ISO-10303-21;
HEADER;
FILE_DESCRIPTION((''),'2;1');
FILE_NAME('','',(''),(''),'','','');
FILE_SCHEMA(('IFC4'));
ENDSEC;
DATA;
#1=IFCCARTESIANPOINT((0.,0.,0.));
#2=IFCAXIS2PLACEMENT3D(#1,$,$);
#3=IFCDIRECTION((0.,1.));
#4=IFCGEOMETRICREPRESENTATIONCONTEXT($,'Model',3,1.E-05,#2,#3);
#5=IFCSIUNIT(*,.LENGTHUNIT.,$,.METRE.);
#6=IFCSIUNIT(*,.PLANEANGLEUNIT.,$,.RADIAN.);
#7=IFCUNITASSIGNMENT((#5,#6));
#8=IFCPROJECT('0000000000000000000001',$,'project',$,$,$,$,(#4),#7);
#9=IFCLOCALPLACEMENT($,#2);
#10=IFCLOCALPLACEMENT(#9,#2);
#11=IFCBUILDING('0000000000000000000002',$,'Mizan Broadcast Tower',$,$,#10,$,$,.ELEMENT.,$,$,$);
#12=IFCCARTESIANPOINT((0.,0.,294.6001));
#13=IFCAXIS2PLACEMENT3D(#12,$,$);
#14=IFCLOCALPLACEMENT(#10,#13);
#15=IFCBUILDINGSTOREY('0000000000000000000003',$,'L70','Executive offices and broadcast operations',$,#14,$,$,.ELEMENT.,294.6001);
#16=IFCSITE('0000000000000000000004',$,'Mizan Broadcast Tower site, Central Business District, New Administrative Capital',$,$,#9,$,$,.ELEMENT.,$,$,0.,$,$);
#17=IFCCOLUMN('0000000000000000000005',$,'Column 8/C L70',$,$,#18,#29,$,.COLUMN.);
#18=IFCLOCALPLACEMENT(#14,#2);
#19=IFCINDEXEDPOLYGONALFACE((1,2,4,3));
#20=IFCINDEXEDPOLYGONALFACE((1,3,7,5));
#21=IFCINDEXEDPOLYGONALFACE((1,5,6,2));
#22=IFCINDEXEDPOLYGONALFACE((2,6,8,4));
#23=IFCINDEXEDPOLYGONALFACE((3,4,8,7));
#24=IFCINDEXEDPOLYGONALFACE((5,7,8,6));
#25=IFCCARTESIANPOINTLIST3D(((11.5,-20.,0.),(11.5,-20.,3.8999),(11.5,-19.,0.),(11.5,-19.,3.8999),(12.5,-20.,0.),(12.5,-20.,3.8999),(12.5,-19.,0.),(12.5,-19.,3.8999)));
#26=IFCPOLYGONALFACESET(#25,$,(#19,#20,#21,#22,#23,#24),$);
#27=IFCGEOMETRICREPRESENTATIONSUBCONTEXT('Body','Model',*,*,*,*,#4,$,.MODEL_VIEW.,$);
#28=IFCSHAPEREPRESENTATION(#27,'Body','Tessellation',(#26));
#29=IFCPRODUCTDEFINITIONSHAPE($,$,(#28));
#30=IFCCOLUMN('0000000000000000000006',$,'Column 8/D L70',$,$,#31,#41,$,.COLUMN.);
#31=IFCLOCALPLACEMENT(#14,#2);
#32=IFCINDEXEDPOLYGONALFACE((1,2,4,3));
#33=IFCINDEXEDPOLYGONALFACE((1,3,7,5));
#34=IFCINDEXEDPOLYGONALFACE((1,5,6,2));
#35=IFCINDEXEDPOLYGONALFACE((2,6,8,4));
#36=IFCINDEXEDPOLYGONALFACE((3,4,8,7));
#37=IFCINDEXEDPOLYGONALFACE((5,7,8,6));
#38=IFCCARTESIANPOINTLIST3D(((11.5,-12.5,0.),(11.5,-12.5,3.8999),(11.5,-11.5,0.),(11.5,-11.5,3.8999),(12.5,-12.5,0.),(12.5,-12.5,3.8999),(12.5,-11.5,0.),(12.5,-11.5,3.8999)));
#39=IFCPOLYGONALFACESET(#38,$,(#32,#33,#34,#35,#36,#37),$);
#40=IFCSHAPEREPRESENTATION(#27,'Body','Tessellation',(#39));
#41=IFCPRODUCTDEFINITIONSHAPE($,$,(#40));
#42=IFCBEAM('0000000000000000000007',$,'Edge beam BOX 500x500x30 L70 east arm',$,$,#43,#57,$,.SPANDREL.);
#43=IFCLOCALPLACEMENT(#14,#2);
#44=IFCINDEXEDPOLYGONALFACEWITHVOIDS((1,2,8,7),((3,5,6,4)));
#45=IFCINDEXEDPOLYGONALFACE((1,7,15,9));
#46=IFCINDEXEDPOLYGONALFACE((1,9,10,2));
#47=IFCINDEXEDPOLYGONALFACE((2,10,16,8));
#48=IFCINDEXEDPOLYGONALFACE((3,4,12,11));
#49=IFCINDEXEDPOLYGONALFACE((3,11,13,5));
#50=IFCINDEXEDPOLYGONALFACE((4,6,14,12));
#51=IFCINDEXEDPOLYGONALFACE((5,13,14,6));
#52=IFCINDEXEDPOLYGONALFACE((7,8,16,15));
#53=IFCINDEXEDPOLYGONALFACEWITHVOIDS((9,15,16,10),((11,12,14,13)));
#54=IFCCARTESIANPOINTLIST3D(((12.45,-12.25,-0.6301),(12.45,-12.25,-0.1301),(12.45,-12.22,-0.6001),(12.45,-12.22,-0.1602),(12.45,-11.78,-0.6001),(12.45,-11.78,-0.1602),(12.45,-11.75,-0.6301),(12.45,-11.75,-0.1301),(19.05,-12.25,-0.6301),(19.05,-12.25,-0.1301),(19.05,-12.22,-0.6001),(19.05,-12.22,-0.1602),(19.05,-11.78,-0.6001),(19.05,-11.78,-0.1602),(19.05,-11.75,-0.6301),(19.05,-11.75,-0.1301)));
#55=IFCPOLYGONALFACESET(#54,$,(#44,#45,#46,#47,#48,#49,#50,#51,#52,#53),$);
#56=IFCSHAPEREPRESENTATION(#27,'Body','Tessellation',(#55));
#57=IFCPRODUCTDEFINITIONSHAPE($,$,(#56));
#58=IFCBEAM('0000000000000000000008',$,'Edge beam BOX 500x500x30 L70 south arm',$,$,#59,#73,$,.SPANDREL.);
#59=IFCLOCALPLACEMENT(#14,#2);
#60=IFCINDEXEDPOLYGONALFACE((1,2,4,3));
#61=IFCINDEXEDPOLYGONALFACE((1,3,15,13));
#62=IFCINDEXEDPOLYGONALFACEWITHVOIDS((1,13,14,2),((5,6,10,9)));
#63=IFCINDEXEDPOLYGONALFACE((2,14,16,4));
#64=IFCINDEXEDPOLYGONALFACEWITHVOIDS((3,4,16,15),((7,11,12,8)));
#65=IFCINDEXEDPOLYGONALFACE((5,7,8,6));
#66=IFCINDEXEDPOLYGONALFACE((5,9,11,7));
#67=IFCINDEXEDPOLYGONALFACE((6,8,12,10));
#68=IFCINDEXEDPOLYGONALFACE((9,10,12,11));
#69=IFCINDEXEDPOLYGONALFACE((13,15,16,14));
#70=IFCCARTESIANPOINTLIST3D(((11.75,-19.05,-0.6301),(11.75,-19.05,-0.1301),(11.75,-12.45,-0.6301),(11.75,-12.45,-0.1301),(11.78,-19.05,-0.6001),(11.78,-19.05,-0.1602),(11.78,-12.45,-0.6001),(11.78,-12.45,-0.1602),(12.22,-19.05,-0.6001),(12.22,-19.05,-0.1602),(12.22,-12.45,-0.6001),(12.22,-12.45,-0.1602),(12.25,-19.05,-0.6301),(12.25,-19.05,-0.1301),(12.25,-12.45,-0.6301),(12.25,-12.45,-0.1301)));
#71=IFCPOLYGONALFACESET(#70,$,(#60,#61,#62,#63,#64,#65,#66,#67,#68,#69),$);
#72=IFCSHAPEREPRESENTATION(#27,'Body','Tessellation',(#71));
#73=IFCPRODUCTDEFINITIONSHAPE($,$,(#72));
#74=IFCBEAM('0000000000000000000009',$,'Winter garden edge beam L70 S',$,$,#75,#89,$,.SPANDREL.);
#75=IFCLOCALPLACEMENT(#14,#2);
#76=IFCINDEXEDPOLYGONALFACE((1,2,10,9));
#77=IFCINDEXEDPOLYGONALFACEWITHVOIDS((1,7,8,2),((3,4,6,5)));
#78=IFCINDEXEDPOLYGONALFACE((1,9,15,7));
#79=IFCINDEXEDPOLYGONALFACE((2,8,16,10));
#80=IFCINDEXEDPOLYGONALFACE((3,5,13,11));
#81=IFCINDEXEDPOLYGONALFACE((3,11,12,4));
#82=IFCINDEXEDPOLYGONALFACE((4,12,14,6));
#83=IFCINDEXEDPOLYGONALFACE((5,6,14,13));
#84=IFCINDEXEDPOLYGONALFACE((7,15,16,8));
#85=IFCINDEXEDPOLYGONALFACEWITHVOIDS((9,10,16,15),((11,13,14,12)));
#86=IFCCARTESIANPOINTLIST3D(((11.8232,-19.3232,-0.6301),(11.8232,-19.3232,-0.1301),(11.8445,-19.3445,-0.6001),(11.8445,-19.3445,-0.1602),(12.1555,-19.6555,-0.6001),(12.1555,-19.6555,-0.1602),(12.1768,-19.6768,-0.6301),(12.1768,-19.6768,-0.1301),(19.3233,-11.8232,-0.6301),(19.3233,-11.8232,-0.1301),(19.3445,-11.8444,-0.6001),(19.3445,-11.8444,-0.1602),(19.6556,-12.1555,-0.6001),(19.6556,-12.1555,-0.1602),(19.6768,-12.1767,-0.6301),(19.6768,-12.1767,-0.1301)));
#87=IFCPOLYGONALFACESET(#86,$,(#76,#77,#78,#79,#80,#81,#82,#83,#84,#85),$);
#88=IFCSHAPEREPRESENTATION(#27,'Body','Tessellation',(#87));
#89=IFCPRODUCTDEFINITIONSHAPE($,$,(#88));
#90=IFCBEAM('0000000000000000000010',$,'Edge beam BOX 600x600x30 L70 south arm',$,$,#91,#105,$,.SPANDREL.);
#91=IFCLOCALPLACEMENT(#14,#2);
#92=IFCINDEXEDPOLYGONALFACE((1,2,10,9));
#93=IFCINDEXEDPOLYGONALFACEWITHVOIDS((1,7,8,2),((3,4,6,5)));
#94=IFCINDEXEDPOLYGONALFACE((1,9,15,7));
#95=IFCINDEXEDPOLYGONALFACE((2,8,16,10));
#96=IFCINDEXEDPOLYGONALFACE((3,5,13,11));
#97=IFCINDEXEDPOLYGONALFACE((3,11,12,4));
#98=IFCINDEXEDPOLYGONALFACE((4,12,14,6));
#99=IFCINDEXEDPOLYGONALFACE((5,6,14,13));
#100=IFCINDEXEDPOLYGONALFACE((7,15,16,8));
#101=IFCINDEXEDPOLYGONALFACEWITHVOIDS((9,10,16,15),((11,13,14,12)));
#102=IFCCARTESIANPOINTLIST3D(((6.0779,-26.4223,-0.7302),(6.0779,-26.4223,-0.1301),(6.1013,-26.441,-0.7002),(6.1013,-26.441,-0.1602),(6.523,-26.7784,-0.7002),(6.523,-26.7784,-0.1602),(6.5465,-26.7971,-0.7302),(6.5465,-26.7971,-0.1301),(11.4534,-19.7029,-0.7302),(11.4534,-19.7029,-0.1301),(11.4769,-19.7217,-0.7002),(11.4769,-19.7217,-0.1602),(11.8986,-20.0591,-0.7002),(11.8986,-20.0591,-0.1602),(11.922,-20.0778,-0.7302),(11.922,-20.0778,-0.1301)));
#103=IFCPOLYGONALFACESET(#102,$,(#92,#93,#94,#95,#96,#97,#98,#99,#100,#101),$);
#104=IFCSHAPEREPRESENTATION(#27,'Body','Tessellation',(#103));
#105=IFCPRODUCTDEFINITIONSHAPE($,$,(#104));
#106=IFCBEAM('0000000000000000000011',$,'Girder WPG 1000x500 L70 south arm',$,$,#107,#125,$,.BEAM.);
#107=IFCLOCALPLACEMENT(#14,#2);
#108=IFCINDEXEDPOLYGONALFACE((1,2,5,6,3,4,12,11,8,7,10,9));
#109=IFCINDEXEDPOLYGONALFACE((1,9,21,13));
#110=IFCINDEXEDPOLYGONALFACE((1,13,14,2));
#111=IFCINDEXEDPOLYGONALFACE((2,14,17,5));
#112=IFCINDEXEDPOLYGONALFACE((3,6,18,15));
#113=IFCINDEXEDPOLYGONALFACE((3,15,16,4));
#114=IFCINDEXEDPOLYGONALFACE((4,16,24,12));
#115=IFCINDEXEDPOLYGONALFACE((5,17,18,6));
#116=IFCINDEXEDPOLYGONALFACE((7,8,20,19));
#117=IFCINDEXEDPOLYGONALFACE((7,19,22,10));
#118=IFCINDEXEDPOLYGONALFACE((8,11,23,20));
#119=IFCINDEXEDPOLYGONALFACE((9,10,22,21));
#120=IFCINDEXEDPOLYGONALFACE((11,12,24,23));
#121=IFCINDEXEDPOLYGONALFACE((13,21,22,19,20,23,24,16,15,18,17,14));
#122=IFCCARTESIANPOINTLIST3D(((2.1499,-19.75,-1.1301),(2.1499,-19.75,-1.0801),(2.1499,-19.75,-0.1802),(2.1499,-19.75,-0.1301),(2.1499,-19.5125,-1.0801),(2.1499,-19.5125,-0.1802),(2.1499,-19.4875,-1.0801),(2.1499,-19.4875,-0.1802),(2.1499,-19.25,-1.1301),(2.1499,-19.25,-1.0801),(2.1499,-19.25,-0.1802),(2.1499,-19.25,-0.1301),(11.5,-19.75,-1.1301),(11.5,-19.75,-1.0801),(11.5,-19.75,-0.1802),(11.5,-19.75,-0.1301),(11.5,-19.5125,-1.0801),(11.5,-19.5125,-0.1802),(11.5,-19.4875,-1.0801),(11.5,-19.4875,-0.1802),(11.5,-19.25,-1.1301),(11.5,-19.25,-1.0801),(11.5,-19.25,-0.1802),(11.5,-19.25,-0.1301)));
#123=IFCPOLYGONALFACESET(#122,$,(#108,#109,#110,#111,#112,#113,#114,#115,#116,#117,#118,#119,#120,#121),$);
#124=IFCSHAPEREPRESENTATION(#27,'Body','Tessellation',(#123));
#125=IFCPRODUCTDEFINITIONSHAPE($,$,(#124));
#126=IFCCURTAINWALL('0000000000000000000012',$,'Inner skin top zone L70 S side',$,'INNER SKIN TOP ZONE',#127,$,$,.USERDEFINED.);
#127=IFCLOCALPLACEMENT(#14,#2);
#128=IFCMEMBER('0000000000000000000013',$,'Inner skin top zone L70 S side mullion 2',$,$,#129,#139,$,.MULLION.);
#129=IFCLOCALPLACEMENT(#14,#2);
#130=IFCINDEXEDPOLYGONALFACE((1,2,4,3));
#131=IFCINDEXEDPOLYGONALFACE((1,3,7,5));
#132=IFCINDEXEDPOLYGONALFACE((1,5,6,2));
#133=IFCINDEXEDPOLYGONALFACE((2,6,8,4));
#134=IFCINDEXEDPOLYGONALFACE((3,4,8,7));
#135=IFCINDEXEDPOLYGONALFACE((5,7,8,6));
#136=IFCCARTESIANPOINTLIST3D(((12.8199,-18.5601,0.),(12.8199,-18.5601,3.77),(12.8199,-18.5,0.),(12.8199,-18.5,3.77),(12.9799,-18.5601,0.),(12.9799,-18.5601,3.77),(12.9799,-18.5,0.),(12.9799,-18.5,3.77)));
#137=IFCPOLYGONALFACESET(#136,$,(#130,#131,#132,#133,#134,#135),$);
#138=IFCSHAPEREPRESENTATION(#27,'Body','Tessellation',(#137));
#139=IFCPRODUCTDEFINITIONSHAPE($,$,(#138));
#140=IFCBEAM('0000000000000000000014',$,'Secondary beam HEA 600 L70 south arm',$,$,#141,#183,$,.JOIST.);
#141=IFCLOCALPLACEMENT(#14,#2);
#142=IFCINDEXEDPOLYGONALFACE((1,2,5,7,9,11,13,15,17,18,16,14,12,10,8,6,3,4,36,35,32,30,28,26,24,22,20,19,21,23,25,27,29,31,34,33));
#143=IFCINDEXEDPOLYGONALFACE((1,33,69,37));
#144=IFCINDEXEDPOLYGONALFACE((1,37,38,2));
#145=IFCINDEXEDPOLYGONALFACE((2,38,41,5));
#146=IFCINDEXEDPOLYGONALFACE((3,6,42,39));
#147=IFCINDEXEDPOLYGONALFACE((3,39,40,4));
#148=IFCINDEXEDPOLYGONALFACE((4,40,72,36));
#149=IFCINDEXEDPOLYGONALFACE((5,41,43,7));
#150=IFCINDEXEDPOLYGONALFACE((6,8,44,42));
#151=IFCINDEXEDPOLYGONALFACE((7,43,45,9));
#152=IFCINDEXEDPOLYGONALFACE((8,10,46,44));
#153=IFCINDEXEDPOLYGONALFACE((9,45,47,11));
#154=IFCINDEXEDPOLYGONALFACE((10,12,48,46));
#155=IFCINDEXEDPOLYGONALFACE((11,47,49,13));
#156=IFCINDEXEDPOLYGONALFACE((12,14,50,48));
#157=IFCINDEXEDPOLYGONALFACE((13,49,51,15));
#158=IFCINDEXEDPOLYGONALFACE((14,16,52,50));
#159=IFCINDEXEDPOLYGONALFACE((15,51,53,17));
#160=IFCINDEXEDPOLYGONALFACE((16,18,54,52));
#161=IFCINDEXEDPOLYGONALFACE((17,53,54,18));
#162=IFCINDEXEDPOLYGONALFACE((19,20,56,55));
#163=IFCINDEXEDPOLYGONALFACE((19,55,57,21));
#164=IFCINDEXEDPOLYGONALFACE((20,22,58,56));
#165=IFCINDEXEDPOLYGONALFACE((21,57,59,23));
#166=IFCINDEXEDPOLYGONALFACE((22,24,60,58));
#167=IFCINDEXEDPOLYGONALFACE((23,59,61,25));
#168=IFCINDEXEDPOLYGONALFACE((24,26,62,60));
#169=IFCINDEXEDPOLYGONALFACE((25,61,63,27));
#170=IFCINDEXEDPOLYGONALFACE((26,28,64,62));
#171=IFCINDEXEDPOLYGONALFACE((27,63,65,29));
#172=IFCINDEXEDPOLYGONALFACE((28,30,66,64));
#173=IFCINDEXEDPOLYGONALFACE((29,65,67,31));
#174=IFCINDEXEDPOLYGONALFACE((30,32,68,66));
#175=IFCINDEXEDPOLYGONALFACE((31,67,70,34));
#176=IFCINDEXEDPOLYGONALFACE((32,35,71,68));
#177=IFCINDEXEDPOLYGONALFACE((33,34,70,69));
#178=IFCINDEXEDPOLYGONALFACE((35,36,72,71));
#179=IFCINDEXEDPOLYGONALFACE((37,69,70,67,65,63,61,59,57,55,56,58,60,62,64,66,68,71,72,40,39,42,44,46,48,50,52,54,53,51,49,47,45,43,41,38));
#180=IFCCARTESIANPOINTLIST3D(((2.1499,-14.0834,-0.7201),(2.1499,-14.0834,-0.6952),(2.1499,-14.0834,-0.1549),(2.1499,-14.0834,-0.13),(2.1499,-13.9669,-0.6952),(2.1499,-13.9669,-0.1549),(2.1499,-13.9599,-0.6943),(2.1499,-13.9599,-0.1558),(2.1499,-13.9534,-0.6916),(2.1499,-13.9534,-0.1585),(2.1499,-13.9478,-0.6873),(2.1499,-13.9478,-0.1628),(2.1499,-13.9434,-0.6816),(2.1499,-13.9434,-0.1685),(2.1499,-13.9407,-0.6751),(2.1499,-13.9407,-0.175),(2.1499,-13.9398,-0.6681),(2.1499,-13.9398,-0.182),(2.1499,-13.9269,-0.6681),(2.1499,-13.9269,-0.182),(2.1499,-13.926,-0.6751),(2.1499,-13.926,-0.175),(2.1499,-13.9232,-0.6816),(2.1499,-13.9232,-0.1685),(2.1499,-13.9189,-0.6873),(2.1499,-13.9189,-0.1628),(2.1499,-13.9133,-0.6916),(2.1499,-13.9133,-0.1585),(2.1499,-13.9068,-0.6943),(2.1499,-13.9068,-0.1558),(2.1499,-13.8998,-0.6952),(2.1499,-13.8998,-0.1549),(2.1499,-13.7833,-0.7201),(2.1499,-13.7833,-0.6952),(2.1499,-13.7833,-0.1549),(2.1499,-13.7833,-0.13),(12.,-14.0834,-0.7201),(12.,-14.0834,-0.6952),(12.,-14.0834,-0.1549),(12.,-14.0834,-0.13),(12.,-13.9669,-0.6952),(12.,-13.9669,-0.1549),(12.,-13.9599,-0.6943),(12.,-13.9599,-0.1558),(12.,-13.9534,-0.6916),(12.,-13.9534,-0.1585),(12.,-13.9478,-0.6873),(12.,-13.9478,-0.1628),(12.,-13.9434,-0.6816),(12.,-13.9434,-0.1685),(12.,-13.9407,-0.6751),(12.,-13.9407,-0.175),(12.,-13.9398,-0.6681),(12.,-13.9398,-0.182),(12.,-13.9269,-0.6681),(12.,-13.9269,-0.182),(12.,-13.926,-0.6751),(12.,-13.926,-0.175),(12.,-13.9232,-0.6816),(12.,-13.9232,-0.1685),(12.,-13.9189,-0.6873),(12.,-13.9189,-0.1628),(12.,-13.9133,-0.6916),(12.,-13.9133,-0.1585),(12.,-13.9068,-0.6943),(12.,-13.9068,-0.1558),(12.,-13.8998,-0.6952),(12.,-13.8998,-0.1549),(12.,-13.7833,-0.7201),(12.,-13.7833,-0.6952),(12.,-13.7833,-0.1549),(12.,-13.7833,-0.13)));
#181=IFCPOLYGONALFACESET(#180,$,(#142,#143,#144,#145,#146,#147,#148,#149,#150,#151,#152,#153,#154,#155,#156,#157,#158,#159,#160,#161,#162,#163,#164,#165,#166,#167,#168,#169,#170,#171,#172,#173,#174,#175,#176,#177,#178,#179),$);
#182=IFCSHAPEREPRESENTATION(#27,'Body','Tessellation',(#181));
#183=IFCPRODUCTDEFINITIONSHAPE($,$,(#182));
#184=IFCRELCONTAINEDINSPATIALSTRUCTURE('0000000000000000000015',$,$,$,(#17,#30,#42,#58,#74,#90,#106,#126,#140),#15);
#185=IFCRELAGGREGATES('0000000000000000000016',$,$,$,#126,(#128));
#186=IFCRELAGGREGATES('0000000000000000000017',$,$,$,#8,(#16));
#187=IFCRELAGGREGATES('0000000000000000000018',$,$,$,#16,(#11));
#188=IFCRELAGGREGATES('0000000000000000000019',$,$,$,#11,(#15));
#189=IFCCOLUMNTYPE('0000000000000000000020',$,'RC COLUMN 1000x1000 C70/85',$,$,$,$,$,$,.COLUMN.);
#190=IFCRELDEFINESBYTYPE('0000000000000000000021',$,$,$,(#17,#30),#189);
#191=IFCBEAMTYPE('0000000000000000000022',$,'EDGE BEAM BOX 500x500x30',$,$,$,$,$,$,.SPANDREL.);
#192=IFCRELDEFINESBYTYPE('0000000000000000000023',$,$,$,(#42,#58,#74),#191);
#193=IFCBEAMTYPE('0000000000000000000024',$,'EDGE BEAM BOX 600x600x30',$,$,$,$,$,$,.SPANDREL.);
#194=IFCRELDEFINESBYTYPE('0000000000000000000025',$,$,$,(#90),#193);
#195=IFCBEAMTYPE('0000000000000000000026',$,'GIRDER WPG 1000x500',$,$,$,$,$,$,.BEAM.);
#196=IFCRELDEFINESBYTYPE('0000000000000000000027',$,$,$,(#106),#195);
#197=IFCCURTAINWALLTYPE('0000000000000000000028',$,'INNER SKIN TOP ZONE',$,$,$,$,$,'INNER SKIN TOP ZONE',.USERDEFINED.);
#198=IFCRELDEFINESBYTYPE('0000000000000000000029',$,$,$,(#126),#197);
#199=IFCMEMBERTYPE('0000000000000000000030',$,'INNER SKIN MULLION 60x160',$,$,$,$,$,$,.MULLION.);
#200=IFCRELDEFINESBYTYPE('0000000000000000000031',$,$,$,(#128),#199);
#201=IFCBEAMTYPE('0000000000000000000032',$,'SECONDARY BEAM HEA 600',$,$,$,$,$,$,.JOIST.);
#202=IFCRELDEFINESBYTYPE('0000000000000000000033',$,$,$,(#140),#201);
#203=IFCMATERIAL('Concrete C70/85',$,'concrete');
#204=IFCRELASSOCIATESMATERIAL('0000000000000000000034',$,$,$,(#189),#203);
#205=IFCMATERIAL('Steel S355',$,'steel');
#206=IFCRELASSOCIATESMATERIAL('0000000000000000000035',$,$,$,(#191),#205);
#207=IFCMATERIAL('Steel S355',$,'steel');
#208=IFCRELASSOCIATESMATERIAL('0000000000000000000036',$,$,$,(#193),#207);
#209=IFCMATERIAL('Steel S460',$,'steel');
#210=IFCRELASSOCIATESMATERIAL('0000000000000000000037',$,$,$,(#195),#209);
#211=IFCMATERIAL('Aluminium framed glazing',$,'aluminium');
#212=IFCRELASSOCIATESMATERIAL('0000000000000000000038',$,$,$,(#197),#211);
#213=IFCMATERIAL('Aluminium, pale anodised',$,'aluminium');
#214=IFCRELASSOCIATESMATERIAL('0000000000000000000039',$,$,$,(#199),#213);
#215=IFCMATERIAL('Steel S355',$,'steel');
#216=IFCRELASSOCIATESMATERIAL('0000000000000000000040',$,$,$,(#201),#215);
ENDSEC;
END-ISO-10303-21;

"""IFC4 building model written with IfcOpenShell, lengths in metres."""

from ifc_helpers import new_model, si_unit, direction, frame, origin, origin_2d, place, context, subcontext, project, spatial, rectangle, hollow_rectangle, i_section, extrude, material, material_profile, profile_set, type_object, element, aggregate, save


model = new_model("IFC4")

# Units and contexts
model_context = context("Model", 3, precision=1e-05, world=origin(), true_north=direction((0.0, 1.0)))
body_context = subcontext(model_context, "Body", "Model", "MODEL_VIEW")
ifc_project = project(units=[si_unit("LENGTHUNIT", "METRE"), si_unit("PLANEANGLEUNIT", "RADIAN")], contexts=[model_context])

# Site, building, storey
site_placement = place(None, origin())
site = spatial("IfcSite", under=ifc_project, at=site_placement, Name="Mizan Broadcast Tower site, Central Business District, New Administrative Capital", CompositionType="ELEMENT", RefElevation=0.0)
building_placement = place(site_placement, origin())
building = spatial("IfcBuilding", under=site, at=building_placement, Name="Mizan Broadcast Tower", CompositionType="ELEMENT")
storey_placement = place(building_placement, frame((0.0, 0.0, 294.6001)))
storey = spatial("IfcBuildingStorey", under=building, at=storey_placement, Name="L70", Description="Executive offices and broadcast operations", CompositionType="ELEMENT", Elevation=294.6001)

# Columns
ifc_material_1 = material(Name="Concrete C70/85", Category="concrete")
ifc_material_profile_1 = material_profile(ifc_material_1, rectangle(XDim=1.0, YDim=1.0, at=origin_2d()), Name="RC 1000x1000")
ifc_profile_set_1 = profile_set([ifc_material_profile_1], Name="Concrete C70/85")
column_type = type_object("IfcColumnType", Name="RC COLUMN 1000x1000 C70/85", PredefinedType="COLUMN", material=ifc_profile_set_1)
for number, where, z_axis, x_axis, name in (
    (1, (12.0, -19.5, 0.0), (0.0, 0.0, 1.0), (1.0, 0.0, 0.0), "Column 8/C L70"),
    (2, (12.0, -12.0, 0.0), (0.0, 0.0, 1.0), (1.0, 0.0, 0.0), "Column 8/D L70"),
):
    element("IfcColumn", number, at=place(storey_placement, frame(where, z_axis=z_axis, x_axis=x_axis)), inside=storey, type_object=column_type, Name=name, PredefinedType="COLUMN", context=body_context, shape_type="SweptSolid", body=[
        extrude(rectangle(XDim=1.0, YDim=1.0, at=origin_2d()), origin(), (0.0, 0.0, 1.0), 3.8999),
    ])

# Beams
ifc_material_2 = material(Name="Steel S355", Category="steel")
ifc_material_profile_2 = material_profile(ifc_material_2, hollow_rectangle(XDim=0.5, YDim=0.5, WallThickness=0.03, at=origin_2d()), Name="BOX 500x500x30")
ifc_profile_set_2 = profile_set([ifc_material_profile_2], Name="Steel S355")
beam_type_1 = type_object("IfcBeamType", Name="EDGE BEAM BOX 500x500x30", PredefinedType="SPANDREL", material=ifc_profile_set_2)
for number, where, z_axis, x_axis, name in (
    (3, (12.45, -12.0, -0.3801), (1.0, 0.0, 0.0), (0.0, 1.0, 0.0), "Edge beam BOX 500x500x30 L70 east arm"),
    (4, (12.0, -12.45, -0.3801), (0.0, -1.0, 0.0), (1.0, 0.0, 0.0), "Edge beam BOX 500x500x30 L70 south arm"),
):
    element("IfcBeam", number, at=place(storey_placement, frame(where, z_axis=z_axis, x_axis=x_axis)), inside=storey, type_object=beam_type_1, Name=name, PredefinedType="SPANDREL", context=body_context, shape_type="SweptSolid", body=[
        extrude(hollow_rectangle(XDim=0.5, YDim=0.5, WallThickness=0.03, at=origin_2d()), origin(), (0.0, 0.0, 1.0), 6.6001),
    ])
beam_1_placement = place(storey_placement, frame((12.0, -19.5, -0.3801), z_axis=(0.707107, 0.707107, 0.0), x_axis=(-0.707107, 0.707107, 0.0)))
element("IfcBeam", 5, at=beam_1_placement, inside=storey, type_object=beam_type_1, Name="Winter garden edge beam L70 S", PredefinedType="SPANDREL", context=body_context, shape_type="SweptSolid", body=[
    extrude(hollow_rectangle(XDim=0.5, YDim=0.5, WallThickness=0.03, at=origin_2d()), origin(), (0.0, 0.0, 1.0), 10.6067),
])
ifc_material_3 = material(Name="Steel S355", Category="steel")
ifc_material_profile_3 = material_profile(ifc_material_3, hollow_rectangle(XDim=0.6001, YDim=0.6001, WallThickness=0.03, at=origin_2d()), Name="BOX 600x600x30")
ifc_profile_set_3 = profile_set([ifc_material_profile_3], Name="Steel S355")
beam_type_2 = type_object("IfcBeamType", Name="EDGE BEAM BOX 600x600x30", PredefinedType="SPANDREL", material=ifc_profile_set_3)
beam_2_placement = place(storey_placement, frame((11.6877, -19.8904, -0.4302), z_axis=(-0.624702, -0.780863, 0.0), x_axis=(0.780863, -0.624702, 0.0)))
element("IfcBeam", 6, at=beam_2_placement, inside=storey, type_object=beam_type_2, Name="Edge beam BOX 600x600x30 L70 south arm", PredefinedType="SPANDREL", context=body_context, shape_type="SweptSolid", body=[
    extrude(hollow_rectangle(XDim=0.6001, YDim=0.6001, WallThickness=0.03, at=origin_2d()), origin(), (0.0, 0.0, 1.0), 8.605),
])
ifc_material_4 = material(Name="Steel S460", Category="steel")
ifc_material_profile_4 = material_profile(ifc_material_4, i_section(OverallWidth=0.5, OverallDepth=1.0, WebThickness=0.0249, FlangeThickness=0.05, at=origin_2d()), Name="WPG 1000x500")
ifc_profile_set_4 = profile_set([ifc_material_profile_4], Name="Steel S460")
beam_type_3 = type_object("IfcBeamType", Name="GIRDER WPG 1000x500", PredefinedType="BEAM", material=ifc_profile_set_4)
beam_3_placement = place(storey_placement, frame((11.5, -19.5, -0.6301), z_axis=(-1.0, 0.0, 0.0), x_axis=(0.0, -1.0, 0.0)))
element("IfcBeam", 7, at=beam_3_placement, inside=storey, type_object=beam_type_3, Name="Girder WPG 1000x500 L70 south arm", PredefinedType="BEAM", context=body_context, shape_type="SweptSolid", body=[
    extrude(i_section(OverallWidth=0.5, OverallDepth=1.0, WebThickness=0.0249, FlangeThickness=0.05, at=origin_2d()), origin(), (0.0, 0.0, 1.0), 9.3501),
])

# Curtain wall, member
ifc_material_5 = material(Name="Aluminium framed glazing", Category="aluminium")
curtain_wall_type = type_object("IfcCurtainWallType", Name="INNER SKIN TOP ZONE", ElementType="INNER SKIN TOP ZONE", PredefinedType="USERDEFINED", material=ifc_material_5)
curtain_wall_placement = place(storey_placement, origin())
curtain_wall = element("IfcCurtainWall", 8, at=curtain_wall_placement, inside=storey, type_object=curtain_wall_type, Name="Inner skin top zone L70 S side", ObjectType="INNER SKIN TOP ZONE", PredefinedType="USERDEFINED")
ifc_material_6 = material(Name="Aluminium, pale anodised", Category="aluminium")
ifc_material_profile_5 = material_profile(ifc_material_6, rectangle(XDim=0.1599, YDim=0.0601, at=origin_2d()), Name="MULLION 160x60")
ifc_profile_set_5 = profile_set([ifc_material_profile_5], Name="Aluminium, pale anodised")
member_type = type_object("IfcMemberType", Name="INNER SKIN MULLION 60x160", PredefinedType="MULLION", material=ifc_profile_set_5)
member_placement = place(storey_placement, frame((12.8999, -18.53, 0.0), z_axis=(0.0, 0.0, 1.0), x_axis=(-1.0, 0.0, 0.0)))
member = element("IfcMember", 9, at=member_placement, type_object=member_type, Name="Inner skin top zone L70 S side mullion 2", PredefinedType="MULLION", context=body_context, shape_type="SweptSolid", body=[
    extrude(rectangle(XDim=0.1599, YDim=0.0601, at=origin_2d()), origin(), (0.0, 0.0, 1.0), 3.77),
])

# Beam
ifc_material_7 = material(Name="Steel S355", Category="steel")
ifc_material_profile_6 = material_profile(ifc_material_7, i_section(OverallWidth=0.3, OverallDepth=0.5901, WebThickness=0.0129, FlangeThickness=0.0249, FilletRadius=0.0271, at=origin_2d()), Name="HEA 600")
ifc_profile_set_6 = profile_set([ifc_material_profile_6], Name="Steel S355")
beam_type_4 = type_object("IfcBeamType", Name="SECONDARY BEAM HEA 600", PredefinedType="JOIST", material=ifc_profile_set_6)
for number, where, z_axis, x_axis, name in (
    (10, (12.0, -13.9333, -0.425), (-1.0, 0.0, 0.0), (0.0, -1.0, 0.0), "Secondary beam HEA 600 L70 south arm"),
):
    element("IfcBeam", number, at=place(storey_placement, frame(where, z_axis=z_axis, x_axis=x_axis)), inside=storey, type_object=beam_type_4, Name=name, PredefinedType="JOIST", context=body_context, shape_type="SweptSolid", body=[
        extrude(i_section(OverallWidth=0.3, OverallDepth=0.5901, WebThickness=0.0129, FlangeThickness=0.0249, FilletRadius=0.0271, at=origin_2d()), origin(), (0.0, 0.0, 1.0), 9.8501),
    ])

aggregate(curtain_wall, [member])

save(model, "model.ifc")
